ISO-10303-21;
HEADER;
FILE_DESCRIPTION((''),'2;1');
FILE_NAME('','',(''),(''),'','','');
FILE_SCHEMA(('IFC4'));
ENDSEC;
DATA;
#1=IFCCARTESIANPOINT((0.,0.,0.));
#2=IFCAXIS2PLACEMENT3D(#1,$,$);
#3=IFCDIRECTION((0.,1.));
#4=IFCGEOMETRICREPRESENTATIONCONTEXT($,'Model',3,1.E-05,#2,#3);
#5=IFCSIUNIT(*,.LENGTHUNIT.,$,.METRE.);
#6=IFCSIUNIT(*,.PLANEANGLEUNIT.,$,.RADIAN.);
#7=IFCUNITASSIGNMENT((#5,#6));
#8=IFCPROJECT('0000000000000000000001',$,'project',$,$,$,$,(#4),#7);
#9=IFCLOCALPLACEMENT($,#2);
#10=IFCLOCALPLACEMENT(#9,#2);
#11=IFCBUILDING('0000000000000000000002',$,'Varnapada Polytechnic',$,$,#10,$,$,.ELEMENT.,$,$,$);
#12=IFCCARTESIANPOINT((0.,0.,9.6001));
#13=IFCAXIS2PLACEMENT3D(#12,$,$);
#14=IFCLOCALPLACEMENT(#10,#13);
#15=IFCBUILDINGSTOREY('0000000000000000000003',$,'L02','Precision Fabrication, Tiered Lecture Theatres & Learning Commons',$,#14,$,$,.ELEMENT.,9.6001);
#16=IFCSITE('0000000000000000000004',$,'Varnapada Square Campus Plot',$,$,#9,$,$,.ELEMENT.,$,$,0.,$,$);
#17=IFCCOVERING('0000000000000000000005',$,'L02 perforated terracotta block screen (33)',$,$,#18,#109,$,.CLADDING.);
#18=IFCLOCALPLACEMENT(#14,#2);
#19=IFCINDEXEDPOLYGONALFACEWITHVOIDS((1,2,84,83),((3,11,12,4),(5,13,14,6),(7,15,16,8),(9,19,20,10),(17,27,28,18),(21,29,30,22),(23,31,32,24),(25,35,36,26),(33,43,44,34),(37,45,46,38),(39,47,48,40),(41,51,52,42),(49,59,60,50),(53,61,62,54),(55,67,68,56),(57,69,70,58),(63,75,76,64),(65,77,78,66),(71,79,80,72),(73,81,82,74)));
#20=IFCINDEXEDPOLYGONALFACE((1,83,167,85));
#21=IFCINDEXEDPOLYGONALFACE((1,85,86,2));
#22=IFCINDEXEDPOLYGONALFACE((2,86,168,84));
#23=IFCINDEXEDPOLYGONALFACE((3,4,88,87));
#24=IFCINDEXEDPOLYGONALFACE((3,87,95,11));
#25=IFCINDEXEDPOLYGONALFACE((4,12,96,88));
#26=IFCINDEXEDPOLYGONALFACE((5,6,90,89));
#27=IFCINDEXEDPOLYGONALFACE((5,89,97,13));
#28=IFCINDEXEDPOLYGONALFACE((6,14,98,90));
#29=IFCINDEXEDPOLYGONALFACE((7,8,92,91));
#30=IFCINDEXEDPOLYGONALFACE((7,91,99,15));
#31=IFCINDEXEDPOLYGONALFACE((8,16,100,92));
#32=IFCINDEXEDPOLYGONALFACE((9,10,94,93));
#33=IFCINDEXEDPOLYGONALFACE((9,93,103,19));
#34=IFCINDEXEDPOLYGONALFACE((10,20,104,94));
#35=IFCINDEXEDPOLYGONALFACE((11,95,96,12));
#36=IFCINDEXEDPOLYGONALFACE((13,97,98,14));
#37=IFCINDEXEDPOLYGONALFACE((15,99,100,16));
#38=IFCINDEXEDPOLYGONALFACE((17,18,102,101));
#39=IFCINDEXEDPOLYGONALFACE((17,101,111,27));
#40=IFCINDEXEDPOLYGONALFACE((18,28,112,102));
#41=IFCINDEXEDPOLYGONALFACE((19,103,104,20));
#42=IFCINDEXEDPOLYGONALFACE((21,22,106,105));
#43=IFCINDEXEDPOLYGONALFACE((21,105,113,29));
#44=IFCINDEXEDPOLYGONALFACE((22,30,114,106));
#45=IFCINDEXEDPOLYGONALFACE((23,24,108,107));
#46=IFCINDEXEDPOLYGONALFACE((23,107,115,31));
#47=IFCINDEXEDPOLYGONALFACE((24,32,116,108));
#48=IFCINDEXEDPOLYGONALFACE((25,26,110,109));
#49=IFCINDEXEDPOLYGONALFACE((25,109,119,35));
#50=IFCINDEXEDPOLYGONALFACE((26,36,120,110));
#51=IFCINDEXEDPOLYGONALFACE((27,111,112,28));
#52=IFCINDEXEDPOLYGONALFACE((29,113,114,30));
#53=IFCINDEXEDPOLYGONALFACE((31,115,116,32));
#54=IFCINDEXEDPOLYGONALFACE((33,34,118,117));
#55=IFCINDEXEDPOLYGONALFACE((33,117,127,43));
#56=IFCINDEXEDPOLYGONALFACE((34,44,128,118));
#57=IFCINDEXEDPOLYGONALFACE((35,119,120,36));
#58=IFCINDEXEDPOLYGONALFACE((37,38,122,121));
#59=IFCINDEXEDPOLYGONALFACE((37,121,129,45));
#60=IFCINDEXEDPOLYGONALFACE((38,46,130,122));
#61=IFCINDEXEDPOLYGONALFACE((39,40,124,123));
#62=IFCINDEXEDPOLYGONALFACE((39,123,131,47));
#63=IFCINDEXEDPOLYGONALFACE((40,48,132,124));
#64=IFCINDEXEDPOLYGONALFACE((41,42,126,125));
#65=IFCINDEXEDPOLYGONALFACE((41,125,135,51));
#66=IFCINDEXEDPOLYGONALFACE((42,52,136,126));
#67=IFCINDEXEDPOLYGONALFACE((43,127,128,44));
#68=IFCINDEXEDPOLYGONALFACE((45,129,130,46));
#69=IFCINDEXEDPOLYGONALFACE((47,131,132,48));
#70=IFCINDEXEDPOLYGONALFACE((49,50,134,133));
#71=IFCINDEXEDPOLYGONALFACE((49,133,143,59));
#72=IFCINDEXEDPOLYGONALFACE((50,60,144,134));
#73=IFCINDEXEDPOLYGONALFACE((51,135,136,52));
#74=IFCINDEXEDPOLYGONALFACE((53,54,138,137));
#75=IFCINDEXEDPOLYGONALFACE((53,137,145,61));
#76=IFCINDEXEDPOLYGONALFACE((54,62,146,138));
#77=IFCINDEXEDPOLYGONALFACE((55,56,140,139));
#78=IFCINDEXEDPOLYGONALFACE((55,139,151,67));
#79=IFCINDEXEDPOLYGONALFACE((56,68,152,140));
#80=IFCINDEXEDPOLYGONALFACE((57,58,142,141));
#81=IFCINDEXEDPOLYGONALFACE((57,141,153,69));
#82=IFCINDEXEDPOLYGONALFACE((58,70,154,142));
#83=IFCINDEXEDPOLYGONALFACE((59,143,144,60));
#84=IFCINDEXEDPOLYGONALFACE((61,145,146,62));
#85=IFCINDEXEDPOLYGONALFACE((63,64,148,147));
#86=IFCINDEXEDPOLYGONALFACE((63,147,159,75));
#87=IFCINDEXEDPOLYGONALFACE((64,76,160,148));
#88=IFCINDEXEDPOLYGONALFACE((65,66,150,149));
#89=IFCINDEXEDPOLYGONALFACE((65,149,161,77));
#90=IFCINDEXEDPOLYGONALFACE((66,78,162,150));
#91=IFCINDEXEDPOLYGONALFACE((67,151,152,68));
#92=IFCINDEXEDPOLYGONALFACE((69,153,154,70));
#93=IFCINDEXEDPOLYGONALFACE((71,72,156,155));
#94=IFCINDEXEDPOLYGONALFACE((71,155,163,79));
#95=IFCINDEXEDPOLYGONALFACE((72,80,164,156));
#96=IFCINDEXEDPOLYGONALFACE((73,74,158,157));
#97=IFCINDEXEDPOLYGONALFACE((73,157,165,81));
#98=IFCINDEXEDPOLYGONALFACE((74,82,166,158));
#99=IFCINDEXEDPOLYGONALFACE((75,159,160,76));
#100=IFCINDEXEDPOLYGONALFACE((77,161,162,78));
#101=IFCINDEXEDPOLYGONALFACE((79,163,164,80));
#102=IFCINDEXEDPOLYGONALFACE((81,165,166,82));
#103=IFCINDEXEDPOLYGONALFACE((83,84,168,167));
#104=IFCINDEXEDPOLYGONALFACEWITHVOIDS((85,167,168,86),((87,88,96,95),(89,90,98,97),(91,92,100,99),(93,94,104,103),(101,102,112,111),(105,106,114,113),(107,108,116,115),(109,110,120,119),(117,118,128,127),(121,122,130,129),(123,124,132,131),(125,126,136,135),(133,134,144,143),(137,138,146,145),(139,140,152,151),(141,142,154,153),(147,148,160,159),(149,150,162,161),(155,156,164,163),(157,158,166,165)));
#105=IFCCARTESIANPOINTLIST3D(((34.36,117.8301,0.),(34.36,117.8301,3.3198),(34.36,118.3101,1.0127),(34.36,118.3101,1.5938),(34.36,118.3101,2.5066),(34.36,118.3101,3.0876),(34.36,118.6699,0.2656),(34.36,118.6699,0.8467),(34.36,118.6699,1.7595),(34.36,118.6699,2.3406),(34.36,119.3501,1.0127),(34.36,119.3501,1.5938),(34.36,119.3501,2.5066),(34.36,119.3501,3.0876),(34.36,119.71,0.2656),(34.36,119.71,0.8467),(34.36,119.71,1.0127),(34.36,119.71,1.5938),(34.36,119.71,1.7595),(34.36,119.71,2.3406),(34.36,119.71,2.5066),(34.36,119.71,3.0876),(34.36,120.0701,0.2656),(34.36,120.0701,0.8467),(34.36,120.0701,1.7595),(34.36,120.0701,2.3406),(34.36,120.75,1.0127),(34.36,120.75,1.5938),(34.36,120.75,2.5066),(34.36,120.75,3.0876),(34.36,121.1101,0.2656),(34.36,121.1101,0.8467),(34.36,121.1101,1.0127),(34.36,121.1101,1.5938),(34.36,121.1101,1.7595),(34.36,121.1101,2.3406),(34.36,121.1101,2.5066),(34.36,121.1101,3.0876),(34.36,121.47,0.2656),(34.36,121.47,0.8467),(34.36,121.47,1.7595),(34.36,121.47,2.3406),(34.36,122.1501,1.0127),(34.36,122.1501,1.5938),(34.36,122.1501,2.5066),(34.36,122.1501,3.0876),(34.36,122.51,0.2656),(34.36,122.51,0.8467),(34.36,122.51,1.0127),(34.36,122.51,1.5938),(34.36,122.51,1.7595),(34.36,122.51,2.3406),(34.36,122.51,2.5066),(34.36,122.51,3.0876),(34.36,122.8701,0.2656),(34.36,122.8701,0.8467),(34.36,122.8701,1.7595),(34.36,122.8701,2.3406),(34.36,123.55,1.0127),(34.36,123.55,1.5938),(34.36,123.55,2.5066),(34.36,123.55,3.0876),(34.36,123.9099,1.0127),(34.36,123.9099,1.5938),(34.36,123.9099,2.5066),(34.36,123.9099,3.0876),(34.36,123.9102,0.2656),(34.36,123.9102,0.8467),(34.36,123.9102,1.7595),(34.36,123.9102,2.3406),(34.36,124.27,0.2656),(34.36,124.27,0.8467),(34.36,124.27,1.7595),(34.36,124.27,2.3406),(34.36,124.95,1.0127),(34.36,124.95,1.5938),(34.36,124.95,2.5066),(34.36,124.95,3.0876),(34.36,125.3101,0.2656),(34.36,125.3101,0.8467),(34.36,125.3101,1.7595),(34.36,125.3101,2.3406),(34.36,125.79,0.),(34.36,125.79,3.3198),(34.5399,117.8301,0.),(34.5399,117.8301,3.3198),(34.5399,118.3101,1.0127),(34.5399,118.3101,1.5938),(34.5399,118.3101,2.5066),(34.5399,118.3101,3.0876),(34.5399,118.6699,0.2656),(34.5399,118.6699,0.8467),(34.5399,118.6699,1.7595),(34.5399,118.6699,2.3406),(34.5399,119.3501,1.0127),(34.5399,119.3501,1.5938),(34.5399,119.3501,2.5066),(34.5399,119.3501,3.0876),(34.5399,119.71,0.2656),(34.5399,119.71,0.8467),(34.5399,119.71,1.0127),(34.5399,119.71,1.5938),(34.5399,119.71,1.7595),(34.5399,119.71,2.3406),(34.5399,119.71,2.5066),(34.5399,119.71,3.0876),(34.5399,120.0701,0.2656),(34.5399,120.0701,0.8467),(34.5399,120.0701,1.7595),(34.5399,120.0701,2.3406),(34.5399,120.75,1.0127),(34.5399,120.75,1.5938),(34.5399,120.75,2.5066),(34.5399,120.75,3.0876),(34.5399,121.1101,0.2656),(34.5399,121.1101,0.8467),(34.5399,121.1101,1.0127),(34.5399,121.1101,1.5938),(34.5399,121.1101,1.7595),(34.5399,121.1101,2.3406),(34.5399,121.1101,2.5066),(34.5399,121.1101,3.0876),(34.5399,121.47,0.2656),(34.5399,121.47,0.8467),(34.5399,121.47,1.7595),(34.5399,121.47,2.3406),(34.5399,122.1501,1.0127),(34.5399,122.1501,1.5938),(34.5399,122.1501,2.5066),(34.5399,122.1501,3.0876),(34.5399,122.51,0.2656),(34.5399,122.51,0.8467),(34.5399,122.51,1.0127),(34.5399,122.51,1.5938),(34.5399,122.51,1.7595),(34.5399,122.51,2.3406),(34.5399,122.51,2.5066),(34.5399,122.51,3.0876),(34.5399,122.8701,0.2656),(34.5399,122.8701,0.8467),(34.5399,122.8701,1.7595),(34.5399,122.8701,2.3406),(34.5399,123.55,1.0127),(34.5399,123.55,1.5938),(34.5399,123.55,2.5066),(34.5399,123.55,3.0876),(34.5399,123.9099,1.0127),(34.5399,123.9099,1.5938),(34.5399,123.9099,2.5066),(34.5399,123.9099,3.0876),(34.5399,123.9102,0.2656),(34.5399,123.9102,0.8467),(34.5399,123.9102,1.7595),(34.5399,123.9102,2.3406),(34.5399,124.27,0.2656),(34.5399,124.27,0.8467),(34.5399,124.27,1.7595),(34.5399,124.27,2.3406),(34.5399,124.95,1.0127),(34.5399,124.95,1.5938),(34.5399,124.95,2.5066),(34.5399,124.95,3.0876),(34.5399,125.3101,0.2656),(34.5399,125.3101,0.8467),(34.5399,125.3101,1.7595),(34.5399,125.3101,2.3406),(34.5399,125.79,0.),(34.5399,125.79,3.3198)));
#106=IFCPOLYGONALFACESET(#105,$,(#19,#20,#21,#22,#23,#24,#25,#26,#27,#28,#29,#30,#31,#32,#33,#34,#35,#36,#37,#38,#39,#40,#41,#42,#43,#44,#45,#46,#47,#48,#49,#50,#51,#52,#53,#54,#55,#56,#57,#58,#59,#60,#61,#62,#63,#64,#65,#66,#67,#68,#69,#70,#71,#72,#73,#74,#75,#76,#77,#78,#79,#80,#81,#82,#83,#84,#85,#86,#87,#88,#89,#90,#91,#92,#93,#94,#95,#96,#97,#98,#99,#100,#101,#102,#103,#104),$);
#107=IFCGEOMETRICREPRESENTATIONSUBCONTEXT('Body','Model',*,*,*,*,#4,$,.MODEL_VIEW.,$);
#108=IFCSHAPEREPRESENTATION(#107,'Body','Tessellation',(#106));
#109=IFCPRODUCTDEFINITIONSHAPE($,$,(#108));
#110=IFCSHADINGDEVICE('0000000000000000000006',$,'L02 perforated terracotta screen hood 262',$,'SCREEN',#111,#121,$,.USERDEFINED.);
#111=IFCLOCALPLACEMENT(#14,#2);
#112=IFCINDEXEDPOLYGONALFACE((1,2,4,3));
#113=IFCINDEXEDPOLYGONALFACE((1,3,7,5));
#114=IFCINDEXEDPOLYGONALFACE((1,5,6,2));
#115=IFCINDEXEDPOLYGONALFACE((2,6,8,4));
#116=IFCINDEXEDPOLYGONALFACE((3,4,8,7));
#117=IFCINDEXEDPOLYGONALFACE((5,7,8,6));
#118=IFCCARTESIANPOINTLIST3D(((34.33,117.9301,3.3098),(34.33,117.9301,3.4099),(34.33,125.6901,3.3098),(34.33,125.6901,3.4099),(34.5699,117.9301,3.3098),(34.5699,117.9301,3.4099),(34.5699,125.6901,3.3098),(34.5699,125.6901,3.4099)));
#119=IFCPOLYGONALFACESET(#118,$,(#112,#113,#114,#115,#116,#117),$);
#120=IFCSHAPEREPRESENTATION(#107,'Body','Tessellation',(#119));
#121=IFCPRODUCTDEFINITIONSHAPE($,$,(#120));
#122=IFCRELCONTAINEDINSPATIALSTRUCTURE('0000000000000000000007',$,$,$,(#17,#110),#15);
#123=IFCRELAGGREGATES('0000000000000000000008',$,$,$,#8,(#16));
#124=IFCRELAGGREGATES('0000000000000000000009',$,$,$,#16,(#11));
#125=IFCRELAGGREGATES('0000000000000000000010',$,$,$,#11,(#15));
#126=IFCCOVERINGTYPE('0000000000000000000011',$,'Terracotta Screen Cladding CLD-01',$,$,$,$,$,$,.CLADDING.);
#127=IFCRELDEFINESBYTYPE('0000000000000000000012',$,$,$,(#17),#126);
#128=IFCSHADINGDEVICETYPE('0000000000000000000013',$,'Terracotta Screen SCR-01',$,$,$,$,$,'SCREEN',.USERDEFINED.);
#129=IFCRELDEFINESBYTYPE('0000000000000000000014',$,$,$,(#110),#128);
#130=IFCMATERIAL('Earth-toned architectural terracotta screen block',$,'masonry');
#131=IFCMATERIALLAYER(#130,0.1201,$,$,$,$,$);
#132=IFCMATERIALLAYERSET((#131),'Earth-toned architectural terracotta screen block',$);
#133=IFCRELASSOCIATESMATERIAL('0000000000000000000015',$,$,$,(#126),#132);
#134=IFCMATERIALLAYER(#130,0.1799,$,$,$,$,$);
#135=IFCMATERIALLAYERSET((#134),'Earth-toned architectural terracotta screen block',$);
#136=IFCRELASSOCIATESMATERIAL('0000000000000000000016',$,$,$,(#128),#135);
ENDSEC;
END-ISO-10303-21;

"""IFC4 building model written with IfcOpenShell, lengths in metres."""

from ifc_helpers import new_model, si_unit, direction, frame, frame_2d, origin, origin_2d, place, context, subcontext, project, spatial, rectangle, extrude, material, layer, layer_set, type_object, element, save


model = new_model("IFC4")

# Units and contexts
model_context = context("Model", 3, precision=1e-05, world=origin(), true_north=direction((0.0, 1.0)))
body_context = subcontext(model_context, "Body", "Model", "MODEL_VIEW")
ifc_project = project(units=[si_unit("LENGTHUNIT", "METRE"), si_unit("PLANEANGLEUNIT", "RADIAN")], contexts=[model_context])

# Site, building, storey
site_placement = place(None, origin())
site = spatial("IfcSite", under=ifc_project, at=site_placement, Name="Varnapada Square Campus Plot", CompositionType="ELEMENT", RefElevation=0.0)
building_placement = place(site_placement, origin())
building = spatial("IfcBuilding", under=site, at=building_placement, Name="Varnapada Polytechnic", CompositionType="ELEMENT")
storey_placement = place(building_placement, frame((0.0, 0.0, 9.6001)))
storey = spatial("IfcBuildingStorey", under=building, at=storey_placement, Name="L02", Description="Precision Fabrication, Tiered Lecture Theatres & Learning Commons", CompositionType="ELEMENT", Elevation=9.6001)

# Covering, openings
ifc_material_1 = material(Name="Earth-toned architectural terracotta screen block", Category="masonry")
ifc_layer_1 = layer(ifc_material_1, 0.1201)
ifc_layer_set_1 = layer_set([ifc_layer_1], Name="Earth-toned architectural terracotta screen block")
covering_type = type_object("IfcCoveringType", Name="Terracotta Screen Cladding CLD-01", PredefinedType="CLADDING", material=ifc_layer_set_1)
covering_placement = place(storey_placement, frame((34.45, 125.79, 0.0), z_axis=(0.0, 0.0, 1.0), x_axis=(0.0, -1.0, 0.0)))
covering = element("IfcCovering", 1, at=covering_placement, inside=storey, type_object=covering_type, Name="L02 perforated terracotta block screen (33)", PredefinedType="CLADDING", context=body_context, shape_type="SweptSolid", body=[
    extrude(rectangle(XDim=7.96, YDim=0.1799, at=frame_2d((3.98, 0.0))), origin(), (0.0, 0.0, 1.0), 3.3198),
])
opening_1_placement = place(covering_placement, frame((0.48, 0.0, 0.2656)))
element("IfcOpeningElement", 2, at=opening_1_placement, cuts=covering, PredefinedType="OPENING", context=body_context, shape_type="SweptSolid", body=[
    extrude(rectangle(XDim=1.04, YDim=0.5811, at=frame_2d((0.52, 0.2905))), frame((0.0, 0.0999, 0.0), z_axis=(0.0, -1.0, 0.0), x_axis=(1.0, 0.0, 0.0)), (0.0, 0.0, 1.0), 0.2),
])
opening_2_placement = place(covering_placement, frame((1.8799, 0.0, 0.2656)))
element("IfcOpeningElement", 3, at=opening_2_placement, cuts=covering, PredefinedType="OPENING", context=body_context, shape_type="SweptSolid", body=[
    extrude(rectangle(XDim=1.04, YDim=0.5811, at=frame_2d((0.52, 0.2905))), frame((0.0, 0.0999, 0.0), z_axis=(0.0, -1.0, 0.0), x_axis=(1.0, 0.0, 0.0)), (0.0, 0.0, 1.0), 0.2),
])
opening_3_placement = place(covering_placement, frame((3.28, 0.0, 0.2656)))
element("IfcOpeningElement", 4, at=opening_3_placement, cuts=covering, PredefinedType="OPENING", context=body_context, shape_type="SweptSolid", body=[
    extrude(rectangle(XDim=1.04, YDim=0.5811, at=frame_2d((0.52, 0.2905))), frame((0.0, 0.0999, 0.0), z_axis=(0.0, -1.0, 0.0), x_axis=(1.0, 0.0, 0.0)), (0.0, 0.0, 1.0), 0.2),
])
opening_4_placement = place(covering_placement, frame((4.6799, 0.0, 0.2656)))
element("IfcOpeningElement", 5, at=opening_4_placement, cuts=covering, PredefinedType="OPENING", context=body_context, shape_type="SweptSolid", body=[
    extrude(rectangle(XDim=1.04, YDim=0.5811, at=frame_2d((0.52, 0.2905))), frame((0.0, 0.0999, 0.0), z_axis=(0.0, -1.0, 0.0), x_axis=(1.0, 0.0, 0.0)), (0.0, 0.0, 1.0), 0.2),
])
opening_5_placement = place(covering_placement, frame((6.0801, 0.0, 0.2656)))
element("IfcOpeningElement", 6, at=opening_5_placement, cuts=covering, PredefinedType="OPENING", context=body_context, shape_type="SweptSolid", body=[
    extrude(rectangle(XDim=1.04, YDim=0.5811, at=frame_2d((0.52, 0.2905))), frame((0.0, 0.0999, 0.0), z_axis=(0.0, -1.0, 0.0), x_axis=(1.0, 0.0, 0.0)), (0.0, 0.0, 1.0), 0.2),
])
opening_6_placement = place(covering_placement, frame((0.8401, 0.0, 1.0127)))
element("IfcOpeningElement", 7, at=opening_6_placement, cuts=covering, PredefinedType="OPENING", context=body_context, shape_type="SweptSolid", body=[
    extrude(rectangle(XDim=1.04, YDim=0.5811, at=frame_2d((0.52, 0.2905))), frame((0.0, 0.0999, 0.0), z_axis=(0.0, -1.0, 0.0), x_axis=(1.0, 0.0, 0.0)), (0.0, 0.0, 1.0), 0.2),
])
opening_7_placement = place(covering_placement, frame((2.24, 0.0, 1.0127)))
element("IfcOpeningElement", 8, at=opening_7_placement, cuts=covering, PredefinedType="OPENING", context=body_context, shape_type="SweptSolid", body=[
    extrude(rectangle(XDim=1.04, YDim=0.5811, at=frame_2d((0.52, 0.2905))), frame((0.0, 0.0999, 0.0), z_axis=(0.0, -1.0, 0.0), x_axis=(1.0, 0.0, 0.0)), (0.0, 0.0, 1.0), 0.2),
])
opening_8_placement = place(covering_placement, frame((3.6399, 0.0, 1.0127)))
element("IfcOpeningElement", 9, at=opening_8_placement, cuts=covering, PredefinedType="OPENING", context=body_context, shape_type="SweptSolid", body=[
    extrude(rectangle(XDim=1.04, YDim=0.5811, at=frame_2d((0.52, 0.2905))), frame((0.0, 0.0999, 0.0), z_axis=(0.0, -1.0, 0.0), x_axis=(1.0, 0.0, 0.0)), (0.0, 0.0, 1.0), 0.2),
])
opening_9_placement = place(covering_placement, frame((5.04, 0.0, 1.0127)))
element("IfcOpeningElement", 10, at=opening_9_placement, cuts=covering, PredefinedType="OPENING", context=body_context, shape_type="SweptSolid", body=[
    extrude(rectangle(XDim=1.04, YDim=0.5811, at=frame_2d((0.52, 0.2905))), frame((0.0, 0.0999, 0.0), z_axis=(0.0, -1.0, 0.0), x_axis=(1.0, 0.0, 0.0)), (0.0, 0.0, 1.0), 0.2),
])
opening_10_placement = place(covering_placement, frame((6.4399, 0.0, 1.0127)))
element("IfcOpeningElement", 11, at=opening_10_placement, cuts=covering, PredefinedType="OPENING", context=body_context, shape_type="SweptSolid", body=[
    extrude(rectangle(XDim=1.04, YDim=0.5811, at=frame_2d((0.52, 0.2905))), frame((0.0, 0.0999, 0.0), z_axis=(0.0, -1.0, 0.0), x_axis=(1.0, 0.0, 0.0)), (0.0, 0.0, 1.0), 0.2),
])
opening_11_placement = place(covering_placement, frame((0.48, 0.0, 1.7595)))
element("IfcOpeningElement", 12, at=opening_11_placement, cuts=covering, PredefinedType="OPENING", context=body_context, shape_type="SweptSolid", body=[
    extrude(rectangle(XDim=1.04, YDim=0.5811, at=frame_2d((0.52, 0.2905))), frame((0.0, 0.0999, 0.0), z_axis=(0.0, -1.0, 0.0), x_axis=(1.0, 0.0, 0.0)), (0.0, 0.0, 1.0), 0.2),
])
opening_12_placement = place(covering_placement, frame((1.8799, 0.0, 1.7595)))
element("IfcOpeningElement", 13, at=opening_12_placement, cuts=covering, PredefinedType="OPENING", context=body_context, shape_type="SweptSolid", body=[
    extrude(rectangle(XDim=1.04, YDim=0.5811, at=frame_2d((0.52, 0.2905))), frame((0.0, 0.0999, 0.0), z_axis=(0.0, -1.0, 0.0), x_axis=(1.0, 0.0, 0.0)), (0.0, 0.0, 1.0), 0.2),
])
opening_13_placement = place(covering_placement, frame((3.28, 0.0, 1.7595)))
element("IfcOpeningElement", 14, at=opening_13_placement, cuts=covering, PredefinedType="OPENING", context=body_context, shape_type="SweptSolid", body=[
    extrude(rectangle(XDim=1.04, YDim=0.5811, at=frame_2d((0.52, 0.2905))), frame((0.0, 0.0999, 0.0), z_axis=(0.0, -1.0, 0.0), x_axis=(1.0, 0.0, 0.0)), (0.0, 0.0, 1.0), 0.2),
])
opening_14_placement = place(covering_placement, frame((4.6799, 0.0, 1.7595)))
element("IfcOpeningElement", 15, at=opening_14_placement, cuts=covering, PredefinedType="OPENING", context=body_context, shape_type="SweptSolid", body=[
    extrude(rectangle(XDim=1.04, YDim=0.5811, at=frame_2d((0.52, 0.2905))), frame((0.0, 0.0999, 0.0), z_axis=(0.0, -1.0, 0.0), x_axis=(1.0, 0.0, 0.0)), (0.0, 0.0, 1.0), 0.2),
])
opening_15_placement = place(covering_placement, frame((6.0801, 0.0, 1.7595)))
element("IfcOpeningElement", 16, at=opening_15_placement, cuts=covering, PredefinedType="OPENING", context=body_context, shape_type="SweptSolid", body=[
    extrude(rectangle(XDim=1.04, YDim=0.5811, at=frame_2d((0.52, 0.2905))), frame((0.0, 0.0999, 0.0), z_axis=(0.0, -1.0, 0.0), x_axis=(1.0, 0.0, 0.0)), (0.0, 0.0, 1.0), 0.2),
])
opening_16_placement = place(covering_placement, frame((0.8401, 0.0, 2.5066)))
element("IfcOpeningElement", 17, at=opening_16_placement, cuts=covering, PredefinedType="OPENING", context=body_context, shape_type="SweptSolid", body=[
    extrude(rectangle(XDim=1.04, YDim=0.5811, at=frame_2d((0.52, 0.2905))), frame((0.0, 0.0999, 0.0), z_axis=(0.0, -1.0, 0.0), x_axis=(1.0, 0.0, 0.0)), (0.0, 0.0, 1.0), 0.2),
])
opening_17_placement = place(covering_placement, frame((2.24, 0.0, 2.5066)))
element("IfcOpeningElement", 18, at=opening_17_placement, cuts=covering, PredefinedType="OPENING", context=body_context, shape_type="SweptSolid", body=[
    extrude(rectangle(XDim=1.04, YDim=0.5811, at=frame_2d((0.52, 0.2905))), frame((0.0, 0.0999, 0.0), z_axis=(0.0, -1.0, 0.0), x_axis=(1.0, 0.0, 0.0)), (0.0, 0.0, 1.0), 0.2),
])
opening_18_placement = place(covering_placement, frame((3.6399, 0.0, 2.5066)))
element("IfcOpeningElement", 19, at=opening_18_placement, cuts=covering, PredefinedType="OPENING", context=body_context, shape_type="SweptSolid", body=[
    extrude(rectangle(XDim=1.04, YDim=0.5811, at=frame_2d((0.52, 0.2905))), frame((0.0, 0.0999, 0.0), z_axis=(0.0, -1.0, 0.0), x_axis=(1.0, 0.0, 0.0)), (0.0, 0.0, 1.0), 0.2),
])
opening_19_placement = place(covering_placement, frame((5.04, 0.0, 2.5066)))
element("IfcOpeningElement", 20, at=opening_19_placement, cuts=covering, PredefinedType="OPENING", context=body_context, shape_type="SweptSolid", body=[
    extrude(rectangle(XDim=1.04, YDim=0.5811, at=frame_2d((0.52, 0.2905))), frame((0.0, 0.0999, 0.0), z_axis=(0.0, -1.0, 0.0), x_axis=(1.0, 0.0, 0.0)), (0.0, 0.0, 1.0), 0.2),
])
opening_20_placement = place(covering_placement, frame((6.4399, 0.0, 2.5066)))
element("IfcOpeningElement", 21, at=opening_20_placement, cuts=covering, PredefinedType="OPENING", context=body_context, shape_type="SweptSolid", body=[
    extrude(rectangle(XDim=1.04, YDim=0.5811, at=frame_2d((0.52, 0.2905))), frame((0.0, 0.0999, 0.0), z_axis=(0.0, -1.0, 0.0), x_axis=(1.0, 0.0, 0.0)), (0.0, 0.0, 1.0), 0.2),
])

# Shading device
ifc_layer_2 = layer(ifc_material_1, 0.1799)
ifc_layer_set_2 = layer_set([ifc_layer_2], Name="Earth-toned architectural terracotta screen block")
shading_device_type = type_object("IfcShadingDeviceType", Name="Terracotta Screen SCR-01", ElementType="SCREEN", PredefinedType="USERDEFINED", material=ifc_layer_set_2)
shading_device_placement = place(storey_placement, frame((34.45, 121.8101, 3.3098), z_axis=(0.0, 0.0, 1.0), x_axis=(0.0, -1.0, 0.0)))
element("IfcShadingDevice", 22, at=shading_device_placement, inside=storey, type_object=shading_device_type, Name="L02 perforated terracotta screen hood 262", ObjectType="SCREEN", PredefinedType="USERDEFINED", context=body_context, shape_type="SweptSolid", body=[
    extrude(rectangle(XDim=7.76, YDim=0.24, at=origin_2d()), origin(), (0.0, 0.0, 1.0), 0.1001),
])

save(model, "model.ifc")
